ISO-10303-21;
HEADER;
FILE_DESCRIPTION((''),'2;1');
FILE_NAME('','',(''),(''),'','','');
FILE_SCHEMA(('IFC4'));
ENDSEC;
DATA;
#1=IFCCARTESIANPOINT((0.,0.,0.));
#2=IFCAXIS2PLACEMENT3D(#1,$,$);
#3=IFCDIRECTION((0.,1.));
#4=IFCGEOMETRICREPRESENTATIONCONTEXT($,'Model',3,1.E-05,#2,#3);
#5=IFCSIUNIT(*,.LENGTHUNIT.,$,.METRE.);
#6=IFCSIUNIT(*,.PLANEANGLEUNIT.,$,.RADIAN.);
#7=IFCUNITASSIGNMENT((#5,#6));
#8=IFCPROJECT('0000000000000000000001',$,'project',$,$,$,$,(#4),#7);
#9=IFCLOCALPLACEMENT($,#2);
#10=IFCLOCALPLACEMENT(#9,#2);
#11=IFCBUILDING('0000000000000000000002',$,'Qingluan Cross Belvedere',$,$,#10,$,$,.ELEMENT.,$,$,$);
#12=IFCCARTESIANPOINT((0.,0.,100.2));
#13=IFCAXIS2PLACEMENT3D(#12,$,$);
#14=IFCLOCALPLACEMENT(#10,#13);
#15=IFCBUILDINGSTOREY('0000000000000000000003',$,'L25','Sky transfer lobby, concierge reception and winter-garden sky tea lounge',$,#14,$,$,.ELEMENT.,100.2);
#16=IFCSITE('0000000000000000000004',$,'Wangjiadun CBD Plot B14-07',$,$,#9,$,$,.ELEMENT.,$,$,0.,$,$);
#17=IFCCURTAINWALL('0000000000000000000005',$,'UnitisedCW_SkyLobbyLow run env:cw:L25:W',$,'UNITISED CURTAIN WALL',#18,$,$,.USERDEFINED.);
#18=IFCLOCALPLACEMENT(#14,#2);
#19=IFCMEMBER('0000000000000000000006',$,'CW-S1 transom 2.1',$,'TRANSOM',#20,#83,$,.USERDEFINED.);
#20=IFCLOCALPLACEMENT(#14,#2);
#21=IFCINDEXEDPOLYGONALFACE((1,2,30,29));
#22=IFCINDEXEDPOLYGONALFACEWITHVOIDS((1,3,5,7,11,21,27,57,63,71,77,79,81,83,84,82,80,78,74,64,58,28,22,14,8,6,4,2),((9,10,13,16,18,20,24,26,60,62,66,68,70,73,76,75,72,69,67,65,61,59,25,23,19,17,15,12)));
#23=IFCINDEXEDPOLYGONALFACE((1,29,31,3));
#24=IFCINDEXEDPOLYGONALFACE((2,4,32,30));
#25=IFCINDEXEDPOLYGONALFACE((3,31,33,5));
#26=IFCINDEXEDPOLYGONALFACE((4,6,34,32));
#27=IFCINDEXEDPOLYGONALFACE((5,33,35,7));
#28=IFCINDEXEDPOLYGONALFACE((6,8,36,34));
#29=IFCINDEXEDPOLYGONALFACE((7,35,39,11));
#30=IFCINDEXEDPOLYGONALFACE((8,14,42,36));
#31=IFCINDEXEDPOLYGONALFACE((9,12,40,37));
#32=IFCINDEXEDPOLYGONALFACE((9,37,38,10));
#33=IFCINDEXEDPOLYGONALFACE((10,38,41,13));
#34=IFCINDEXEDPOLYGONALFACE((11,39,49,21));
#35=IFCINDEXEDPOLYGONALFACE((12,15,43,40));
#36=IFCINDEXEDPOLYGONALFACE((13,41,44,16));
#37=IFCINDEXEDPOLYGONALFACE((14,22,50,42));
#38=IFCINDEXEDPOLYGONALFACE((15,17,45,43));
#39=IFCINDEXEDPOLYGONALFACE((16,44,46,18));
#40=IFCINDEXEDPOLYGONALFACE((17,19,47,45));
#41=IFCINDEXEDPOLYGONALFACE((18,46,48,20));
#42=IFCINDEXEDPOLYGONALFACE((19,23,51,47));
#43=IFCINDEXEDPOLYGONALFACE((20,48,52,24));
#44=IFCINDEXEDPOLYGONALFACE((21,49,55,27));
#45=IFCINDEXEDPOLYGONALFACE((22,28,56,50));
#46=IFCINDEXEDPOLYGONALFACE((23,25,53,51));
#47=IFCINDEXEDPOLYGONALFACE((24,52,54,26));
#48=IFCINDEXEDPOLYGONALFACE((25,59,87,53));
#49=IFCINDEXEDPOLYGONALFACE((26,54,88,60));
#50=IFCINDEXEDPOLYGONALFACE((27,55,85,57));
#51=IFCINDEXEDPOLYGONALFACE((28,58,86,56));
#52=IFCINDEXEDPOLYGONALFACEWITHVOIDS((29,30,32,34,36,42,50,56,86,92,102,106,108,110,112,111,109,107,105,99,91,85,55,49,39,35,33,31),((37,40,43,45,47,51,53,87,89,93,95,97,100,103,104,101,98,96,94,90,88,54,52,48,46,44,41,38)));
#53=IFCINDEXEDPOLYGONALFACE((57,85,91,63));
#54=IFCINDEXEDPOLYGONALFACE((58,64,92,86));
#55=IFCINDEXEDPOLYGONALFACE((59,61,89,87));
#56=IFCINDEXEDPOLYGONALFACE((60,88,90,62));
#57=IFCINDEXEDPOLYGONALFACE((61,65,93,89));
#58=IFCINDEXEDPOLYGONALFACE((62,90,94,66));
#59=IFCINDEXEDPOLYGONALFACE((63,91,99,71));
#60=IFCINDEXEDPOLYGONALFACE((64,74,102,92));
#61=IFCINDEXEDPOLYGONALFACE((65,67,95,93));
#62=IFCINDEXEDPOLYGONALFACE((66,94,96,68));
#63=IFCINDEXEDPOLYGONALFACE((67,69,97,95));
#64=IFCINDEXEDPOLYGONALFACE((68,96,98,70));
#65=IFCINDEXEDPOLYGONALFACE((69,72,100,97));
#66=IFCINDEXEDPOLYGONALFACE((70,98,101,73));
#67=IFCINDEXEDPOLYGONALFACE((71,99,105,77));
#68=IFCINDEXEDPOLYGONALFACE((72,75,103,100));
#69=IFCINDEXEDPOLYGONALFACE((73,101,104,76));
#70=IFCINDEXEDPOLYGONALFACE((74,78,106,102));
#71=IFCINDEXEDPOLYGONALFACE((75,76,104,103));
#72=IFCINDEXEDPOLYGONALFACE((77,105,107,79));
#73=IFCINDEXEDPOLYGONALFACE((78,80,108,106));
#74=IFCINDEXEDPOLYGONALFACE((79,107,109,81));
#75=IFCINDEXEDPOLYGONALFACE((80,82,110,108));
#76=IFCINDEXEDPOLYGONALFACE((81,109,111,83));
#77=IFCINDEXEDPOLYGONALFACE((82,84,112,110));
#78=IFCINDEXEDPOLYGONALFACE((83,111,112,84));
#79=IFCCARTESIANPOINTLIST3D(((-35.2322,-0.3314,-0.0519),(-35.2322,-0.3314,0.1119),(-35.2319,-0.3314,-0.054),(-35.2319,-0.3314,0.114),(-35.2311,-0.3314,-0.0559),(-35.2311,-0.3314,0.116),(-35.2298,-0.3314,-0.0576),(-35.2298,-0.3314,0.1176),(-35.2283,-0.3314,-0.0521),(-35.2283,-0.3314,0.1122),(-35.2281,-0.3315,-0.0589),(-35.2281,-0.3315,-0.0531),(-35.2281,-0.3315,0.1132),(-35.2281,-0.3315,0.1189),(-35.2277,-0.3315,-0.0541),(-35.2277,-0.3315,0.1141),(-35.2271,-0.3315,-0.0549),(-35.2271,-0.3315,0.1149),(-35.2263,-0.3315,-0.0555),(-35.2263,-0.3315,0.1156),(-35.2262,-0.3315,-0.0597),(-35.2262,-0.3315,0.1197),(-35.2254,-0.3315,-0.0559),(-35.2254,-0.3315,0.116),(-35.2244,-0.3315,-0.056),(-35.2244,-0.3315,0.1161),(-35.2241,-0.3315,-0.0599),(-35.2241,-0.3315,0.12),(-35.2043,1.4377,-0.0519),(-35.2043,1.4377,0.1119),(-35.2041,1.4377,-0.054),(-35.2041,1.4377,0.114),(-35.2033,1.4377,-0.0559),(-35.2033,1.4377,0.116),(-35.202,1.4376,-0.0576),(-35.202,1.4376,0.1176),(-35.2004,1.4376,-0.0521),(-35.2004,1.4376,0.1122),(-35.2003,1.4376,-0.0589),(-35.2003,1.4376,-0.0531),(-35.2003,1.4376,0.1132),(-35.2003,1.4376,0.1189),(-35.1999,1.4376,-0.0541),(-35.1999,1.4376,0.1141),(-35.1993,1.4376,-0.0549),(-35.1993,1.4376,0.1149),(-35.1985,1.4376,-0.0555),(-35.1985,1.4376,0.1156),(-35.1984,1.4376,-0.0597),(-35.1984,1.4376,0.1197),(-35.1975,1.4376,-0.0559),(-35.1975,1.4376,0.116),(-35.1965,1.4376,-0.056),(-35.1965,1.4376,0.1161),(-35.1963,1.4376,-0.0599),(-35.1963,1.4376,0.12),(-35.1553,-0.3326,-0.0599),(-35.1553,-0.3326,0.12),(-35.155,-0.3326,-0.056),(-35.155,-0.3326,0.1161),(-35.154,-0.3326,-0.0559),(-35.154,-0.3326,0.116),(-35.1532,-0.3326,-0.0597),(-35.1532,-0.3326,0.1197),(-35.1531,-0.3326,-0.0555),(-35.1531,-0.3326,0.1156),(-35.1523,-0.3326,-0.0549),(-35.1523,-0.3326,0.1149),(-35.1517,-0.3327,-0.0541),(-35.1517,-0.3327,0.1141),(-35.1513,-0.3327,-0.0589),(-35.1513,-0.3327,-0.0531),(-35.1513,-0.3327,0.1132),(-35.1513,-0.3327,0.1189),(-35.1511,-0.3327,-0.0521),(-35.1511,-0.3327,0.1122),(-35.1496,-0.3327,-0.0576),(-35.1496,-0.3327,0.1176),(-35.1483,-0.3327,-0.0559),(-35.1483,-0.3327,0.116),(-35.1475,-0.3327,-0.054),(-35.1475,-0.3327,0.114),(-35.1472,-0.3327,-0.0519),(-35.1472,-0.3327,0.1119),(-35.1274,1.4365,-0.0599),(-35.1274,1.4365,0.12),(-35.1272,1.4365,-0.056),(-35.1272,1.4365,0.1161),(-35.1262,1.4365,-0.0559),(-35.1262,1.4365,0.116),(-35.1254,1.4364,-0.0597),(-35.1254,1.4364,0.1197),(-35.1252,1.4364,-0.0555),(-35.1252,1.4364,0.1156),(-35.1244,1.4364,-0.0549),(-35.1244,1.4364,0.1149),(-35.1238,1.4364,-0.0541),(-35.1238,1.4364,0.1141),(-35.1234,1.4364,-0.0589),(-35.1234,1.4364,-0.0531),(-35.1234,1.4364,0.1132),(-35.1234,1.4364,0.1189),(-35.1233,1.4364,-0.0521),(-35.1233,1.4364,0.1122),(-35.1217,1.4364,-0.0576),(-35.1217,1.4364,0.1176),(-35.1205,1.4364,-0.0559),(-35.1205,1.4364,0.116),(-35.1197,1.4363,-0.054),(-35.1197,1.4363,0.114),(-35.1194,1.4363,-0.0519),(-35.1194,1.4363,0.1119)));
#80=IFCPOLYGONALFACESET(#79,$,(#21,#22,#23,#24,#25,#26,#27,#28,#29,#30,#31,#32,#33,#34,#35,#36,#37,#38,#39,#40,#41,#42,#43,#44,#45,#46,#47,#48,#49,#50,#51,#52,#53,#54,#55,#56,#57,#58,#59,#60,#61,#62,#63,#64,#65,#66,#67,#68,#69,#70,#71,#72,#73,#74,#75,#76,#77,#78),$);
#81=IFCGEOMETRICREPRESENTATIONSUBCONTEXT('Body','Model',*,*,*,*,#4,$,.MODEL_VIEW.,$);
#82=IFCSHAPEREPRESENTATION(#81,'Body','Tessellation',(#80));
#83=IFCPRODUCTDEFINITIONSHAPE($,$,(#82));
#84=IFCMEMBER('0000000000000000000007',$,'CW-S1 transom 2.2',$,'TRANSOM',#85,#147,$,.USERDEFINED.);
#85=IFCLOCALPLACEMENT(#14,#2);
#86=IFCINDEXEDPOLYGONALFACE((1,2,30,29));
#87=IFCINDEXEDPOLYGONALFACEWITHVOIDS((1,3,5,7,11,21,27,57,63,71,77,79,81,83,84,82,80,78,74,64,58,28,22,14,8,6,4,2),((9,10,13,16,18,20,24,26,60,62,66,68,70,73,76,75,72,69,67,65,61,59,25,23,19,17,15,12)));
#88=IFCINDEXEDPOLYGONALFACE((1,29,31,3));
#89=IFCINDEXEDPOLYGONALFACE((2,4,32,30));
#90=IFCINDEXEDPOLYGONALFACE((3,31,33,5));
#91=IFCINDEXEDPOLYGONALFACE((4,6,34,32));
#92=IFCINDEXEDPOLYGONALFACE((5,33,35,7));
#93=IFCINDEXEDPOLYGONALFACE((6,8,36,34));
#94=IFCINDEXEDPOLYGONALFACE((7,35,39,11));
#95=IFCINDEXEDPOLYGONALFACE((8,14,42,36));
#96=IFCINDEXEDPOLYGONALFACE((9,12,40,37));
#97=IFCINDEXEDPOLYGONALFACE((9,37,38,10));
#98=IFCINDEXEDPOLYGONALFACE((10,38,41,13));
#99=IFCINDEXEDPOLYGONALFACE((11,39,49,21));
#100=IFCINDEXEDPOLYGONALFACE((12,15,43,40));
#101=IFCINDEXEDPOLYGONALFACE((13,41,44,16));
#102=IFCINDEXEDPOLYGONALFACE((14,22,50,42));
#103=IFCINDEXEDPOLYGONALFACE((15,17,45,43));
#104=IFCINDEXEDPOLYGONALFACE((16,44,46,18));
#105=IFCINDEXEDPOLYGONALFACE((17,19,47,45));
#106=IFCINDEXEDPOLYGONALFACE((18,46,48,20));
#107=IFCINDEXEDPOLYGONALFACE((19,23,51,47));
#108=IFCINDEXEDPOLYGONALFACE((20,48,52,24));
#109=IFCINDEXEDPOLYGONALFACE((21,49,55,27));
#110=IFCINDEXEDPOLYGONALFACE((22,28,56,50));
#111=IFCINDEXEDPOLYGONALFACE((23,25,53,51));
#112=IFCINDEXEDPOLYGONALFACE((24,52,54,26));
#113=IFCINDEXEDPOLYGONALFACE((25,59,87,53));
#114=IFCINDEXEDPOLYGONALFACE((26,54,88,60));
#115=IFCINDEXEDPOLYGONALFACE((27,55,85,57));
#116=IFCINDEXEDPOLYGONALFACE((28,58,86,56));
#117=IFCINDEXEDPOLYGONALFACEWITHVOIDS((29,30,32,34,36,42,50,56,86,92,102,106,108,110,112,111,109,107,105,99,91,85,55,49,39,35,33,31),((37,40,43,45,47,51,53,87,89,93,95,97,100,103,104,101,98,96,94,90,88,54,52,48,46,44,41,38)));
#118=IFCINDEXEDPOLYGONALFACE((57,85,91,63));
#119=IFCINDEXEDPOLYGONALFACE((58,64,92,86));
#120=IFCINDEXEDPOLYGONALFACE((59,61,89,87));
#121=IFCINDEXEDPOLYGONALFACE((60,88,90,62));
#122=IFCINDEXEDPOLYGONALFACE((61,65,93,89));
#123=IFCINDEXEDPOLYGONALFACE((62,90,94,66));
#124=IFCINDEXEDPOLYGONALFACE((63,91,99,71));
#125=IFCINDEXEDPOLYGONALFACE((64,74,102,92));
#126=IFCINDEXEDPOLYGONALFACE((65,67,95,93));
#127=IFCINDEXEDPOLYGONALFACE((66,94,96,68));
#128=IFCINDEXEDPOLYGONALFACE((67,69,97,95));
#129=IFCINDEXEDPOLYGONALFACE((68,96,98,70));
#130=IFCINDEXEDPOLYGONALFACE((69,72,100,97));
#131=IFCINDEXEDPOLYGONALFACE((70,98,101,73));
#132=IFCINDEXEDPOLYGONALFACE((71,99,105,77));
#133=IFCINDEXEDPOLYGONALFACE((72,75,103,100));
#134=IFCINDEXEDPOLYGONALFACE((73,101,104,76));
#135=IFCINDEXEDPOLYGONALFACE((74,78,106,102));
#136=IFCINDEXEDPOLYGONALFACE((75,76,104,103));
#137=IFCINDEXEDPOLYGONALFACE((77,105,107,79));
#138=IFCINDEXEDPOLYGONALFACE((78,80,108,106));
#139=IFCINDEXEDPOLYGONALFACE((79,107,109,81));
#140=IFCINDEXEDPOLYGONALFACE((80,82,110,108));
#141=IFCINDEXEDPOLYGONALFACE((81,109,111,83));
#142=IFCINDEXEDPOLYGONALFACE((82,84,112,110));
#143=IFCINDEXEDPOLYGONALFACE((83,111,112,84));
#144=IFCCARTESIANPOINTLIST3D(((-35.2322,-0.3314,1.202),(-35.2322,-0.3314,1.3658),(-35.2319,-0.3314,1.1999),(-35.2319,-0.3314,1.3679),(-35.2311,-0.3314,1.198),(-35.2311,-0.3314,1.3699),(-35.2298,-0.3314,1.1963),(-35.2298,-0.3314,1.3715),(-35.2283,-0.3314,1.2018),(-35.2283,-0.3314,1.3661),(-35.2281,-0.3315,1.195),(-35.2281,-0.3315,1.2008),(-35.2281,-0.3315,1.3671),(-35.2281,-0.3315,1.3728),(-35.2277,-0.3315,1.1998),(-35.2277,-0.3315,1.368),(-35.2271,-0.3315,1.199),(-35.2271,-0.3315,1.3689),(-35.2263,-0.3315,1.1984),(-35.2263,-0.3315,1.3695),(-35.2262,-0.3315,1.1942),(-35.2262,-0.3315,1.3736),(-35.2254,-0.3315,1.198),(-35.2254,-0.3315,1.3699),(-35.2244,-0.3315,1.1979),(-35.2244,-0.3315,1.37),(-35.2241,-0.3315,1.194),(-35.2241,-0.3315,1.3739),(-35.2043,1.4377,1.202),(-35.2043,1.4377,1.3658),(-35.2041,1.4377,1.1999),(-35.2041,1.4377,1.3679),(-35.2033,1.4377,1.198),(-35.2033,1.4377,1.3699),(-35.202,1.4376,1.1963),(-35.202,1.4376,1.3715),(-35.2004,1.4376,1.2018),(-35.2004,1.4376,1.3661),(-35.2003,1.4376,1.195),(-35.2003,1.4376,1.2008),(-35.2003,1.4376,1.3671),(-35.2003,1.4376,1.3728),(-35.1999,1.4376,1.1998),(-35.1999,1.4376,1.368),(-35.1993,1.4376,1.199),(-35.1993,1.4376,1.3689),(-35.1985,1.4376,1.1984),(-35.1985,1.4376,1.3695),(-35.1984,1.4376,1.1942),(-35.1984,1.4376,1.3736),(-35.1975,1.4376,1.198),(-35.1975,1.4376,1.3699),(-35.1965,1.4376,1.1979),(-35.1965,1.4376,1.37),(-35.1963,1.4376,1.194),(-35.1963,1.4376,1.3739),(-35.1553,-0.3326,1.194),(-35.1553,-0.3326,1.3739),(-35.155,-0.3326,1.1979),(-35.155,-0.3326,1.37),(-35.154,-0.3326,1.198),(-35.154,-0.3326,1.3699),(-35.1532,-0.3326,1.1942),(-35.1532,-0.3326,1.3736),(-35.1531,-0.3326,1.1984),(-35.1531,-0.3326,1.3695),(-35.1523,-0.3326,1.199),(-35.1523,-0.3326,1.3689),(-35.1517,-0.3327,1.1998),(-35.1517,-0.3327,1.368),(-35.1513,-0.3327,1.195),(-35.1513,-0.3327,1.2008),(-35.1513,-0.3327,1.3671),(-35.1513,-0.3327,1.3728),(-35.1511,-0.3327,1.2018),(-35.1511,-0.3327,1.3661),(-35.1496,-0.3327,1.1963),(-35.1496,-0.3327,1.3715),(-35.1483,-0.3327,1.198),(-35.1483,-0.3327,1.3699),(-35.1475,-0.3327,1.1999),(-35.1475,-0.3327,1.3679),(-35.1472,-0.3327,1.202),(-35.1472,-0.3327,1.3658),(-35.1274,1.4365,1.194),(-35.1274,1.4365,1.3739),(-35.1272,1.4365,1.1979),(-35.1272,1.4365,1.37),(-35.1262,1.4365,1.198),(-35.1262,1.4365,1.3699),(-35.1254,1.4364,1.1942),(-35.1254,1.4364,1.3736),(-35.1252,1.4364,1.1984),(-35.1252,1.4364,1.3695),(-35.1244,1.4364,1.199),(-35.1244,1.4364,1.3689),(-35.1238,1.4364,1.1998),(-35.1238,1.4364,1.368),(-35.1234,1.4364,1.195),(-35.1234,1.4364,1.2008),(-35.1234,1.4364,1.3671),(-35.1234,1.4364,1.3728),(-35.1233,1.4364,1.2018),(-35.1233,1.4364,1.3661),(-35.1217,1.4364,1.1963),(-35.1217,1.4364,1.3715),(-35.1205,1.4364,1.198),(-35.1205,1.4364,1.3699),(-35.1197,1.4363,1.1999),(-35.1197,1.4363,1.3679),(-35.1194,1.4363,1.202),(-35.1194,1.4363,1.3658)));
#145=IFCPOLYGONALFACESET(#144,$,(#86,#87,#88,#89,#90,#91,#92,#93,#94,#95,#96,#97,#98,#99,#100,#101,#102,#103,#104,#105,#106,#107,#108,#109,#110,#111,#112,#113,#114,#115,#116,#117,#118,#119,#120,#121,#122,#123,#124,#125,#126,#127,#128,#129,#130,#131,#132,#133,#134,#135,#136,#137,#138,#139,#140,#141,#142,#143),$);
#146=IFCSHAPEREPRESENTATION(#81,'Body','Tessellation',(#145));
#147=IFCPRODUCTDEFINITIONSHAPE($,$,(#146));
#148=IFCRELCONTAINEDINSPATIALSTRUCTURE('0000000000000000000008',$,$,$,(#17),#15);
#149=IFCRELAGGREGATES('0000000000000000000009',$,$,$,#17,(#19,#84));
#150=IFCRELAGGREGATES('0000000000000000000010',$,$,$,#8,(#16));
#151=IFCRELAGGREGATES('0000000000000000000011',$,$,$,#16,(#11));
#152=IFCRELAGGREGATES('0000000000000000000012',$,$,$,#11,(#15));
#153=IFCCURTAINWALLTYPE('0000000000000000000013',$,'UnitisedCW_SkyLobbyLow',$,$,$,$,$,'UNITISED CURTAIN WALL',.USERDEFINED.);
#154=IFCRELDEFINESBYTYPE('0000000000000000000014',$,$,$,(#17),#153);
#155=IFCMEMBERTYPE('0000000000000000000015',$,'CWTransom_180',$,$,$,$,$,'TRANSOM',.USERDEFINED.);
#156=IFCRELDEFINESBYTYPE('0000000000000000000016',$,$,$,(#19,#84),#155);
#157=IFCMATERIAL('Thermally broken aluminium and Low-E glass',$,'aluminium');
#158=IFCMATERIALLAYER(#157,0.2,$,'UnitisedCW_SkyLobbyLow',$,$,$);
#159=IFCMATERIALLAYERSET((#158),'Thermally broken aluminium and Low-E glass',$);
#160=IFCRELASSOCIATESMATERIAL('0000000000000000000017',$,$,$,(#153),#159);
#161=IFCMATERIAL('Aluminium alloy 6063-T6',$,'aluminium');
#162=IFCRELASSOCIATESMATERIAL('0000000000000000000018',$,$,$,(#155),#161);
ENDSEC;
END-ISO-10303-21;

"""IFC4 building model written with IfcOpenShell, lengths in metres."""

from ifc_helpers import new_model, si_unit, direction, frame, origin, origin_2d, place, context, subcontext, project, spatial, hollow_rectangle, extrude, material, layer, layer_set, material_profile, profile_set, type_object, element, aggregate, save


model = new_model("IFC4")

# Units and contexts
model_context = context("Model", 3, precision=1e-05, world=origin(), true_north=direction((0.0, 1.0)))
body_context = subcontext(model_context, "Body", "Model", "MODEL_VIEW")
ifc_project = project(units=[si_unit("LENGTHUNIT", "METRE"), si_unit("PLANEANGLEUNIT", "RADIAN")], contexts=[model_context])

# Site, building, storey
site_placement = place(None, origin())
site = spatial("IfcSite", under=ifc_project, at=site_placement, Name="Wangjiadun CBD Plot B14-07", CompositionType="ELEMENT", RefElevation=0.0)
building_placement = place(site_placement, origin())
building = spatial("IfcBuilding", under=site, at=building_placement, Name="Qingluan Cross Belvedere", CompositionType="ELEMENT")
storey_placement = place(building_placement, frame((0.0, 0.0, 100.2)))
storey = spatial("IfcBuildingStorey", under=building, at=storey_placement, Name="L25", Description="Sky transfer lobby, concierge reception and winter-garden sky tea lounge", CompositionType="ELEMENT", Elevation=100.2)

# Curtain wall, members
ifc_material_1 = material(Name="Thermally broken aluminium and Low-E glass", Category="aluminium")
ifc_layer_1 = layer(ifc_material_1, 0.2, Name="UnitisedCW_SkyLobbyLow")
ifc_layer_set_1 = layer_set([ifc_layer_1], Name="Thermally broken aluminium and Low-E glass")
curtain_wall_type = type_object("IfcCurtainWallType", Name="UnitisedCW_SkyLobbyLow", ElementType="UNITISED CURTAIN WALL", PredefinedType="USERDEFINED", material=ifc_layer_set_1)
curtain_wall_placement = place(storey_placement, origin())
curtain_wall = element("IfcCurtainWall", 1, at=curtain_wall_placement, inside=storey, type_object=curtain_wall_type, Name="UnitisedCW_SkyLobbyLow run env:cw:L25:W", ObjectType="UNITISED CURTAIN WALL", PredefinedType="USERDEFINED")
ifc_material_2 = material(Name="Aluminium alloy 6063-T6", Category="aluminium")
ifc_material_profile_1 = material_profile(ifc_material_2, hollow_rectangle(XDim=0.085, YDim=0.1799, WallThickness=0.0039, InnerFilletRadius=0.0039, OuterFilletRadius=0.0081, at=origin_2d()), Name="CWT180x85x4")
ifc_profile_set_1 = profile_set([ifc_material_profile_1], Name="Aluminium alloy 6063-T6")
member_type_1 = type_object("IfcMemberType", Name="CWTransom_180", ElementType="TRANSOM", PredefinedType="USERDEFINED", material=ifc_profile_set_1)
member_1_placement = place(storey_placement, frame((-35.1619, 1.437, 0.03), z_axis=(-0.015731, -0.999876, 0.0), x_axis=(0.999876, -0.015731, 0.0)))
member_1 = element("IfcMember", 2, at=member_1_placement, type_object=member_type_1, Name="CW-S1 transom 2.1", ObjectType="TRANSOM", PredefinedType="USERDEFINED", context=body_context, shape_type="SweptSolid", body=[
    extrude(hollow_rectangle(XDim=0.085, YDim=0.1799, WallThickness=0.0039, InnerFilletRadius=0.0039, OuterFilletRadius=0.0081, at=origin_2d()), origin(), (0.0, 0.0, 1.0), 1.7693),
])
member_2_placement = place(storey_placement, frame((-35.1619, 1.437, 1.2839), z_axis=(-0.015731, -0.999876, 0.0), x_axis=(0.999876, -0.015731, 0.0)))
member_2 = element("IfcMember", 3, at=member_2_placement, type_object=member_type_1, Name="CW-S1 transom 2.2", ObjectType="TRANSOM", PredefinedType="USERDEFINED", context=body_context, shape_type="SweptSolid", body=[
    extrude(hollow_rectangle(XDim=0.085, YDim=0.1799, WallThickness=0.0039, InnerFilletRadius=0.0039, OuterFilletRadius=0.0081, at=origin_2d()), origin(), (0.0, 0.0, 1.0), 1.7693),
])

aggregate(curtain_wall, [member_1, member_2])

save(model, "model.ifc")
